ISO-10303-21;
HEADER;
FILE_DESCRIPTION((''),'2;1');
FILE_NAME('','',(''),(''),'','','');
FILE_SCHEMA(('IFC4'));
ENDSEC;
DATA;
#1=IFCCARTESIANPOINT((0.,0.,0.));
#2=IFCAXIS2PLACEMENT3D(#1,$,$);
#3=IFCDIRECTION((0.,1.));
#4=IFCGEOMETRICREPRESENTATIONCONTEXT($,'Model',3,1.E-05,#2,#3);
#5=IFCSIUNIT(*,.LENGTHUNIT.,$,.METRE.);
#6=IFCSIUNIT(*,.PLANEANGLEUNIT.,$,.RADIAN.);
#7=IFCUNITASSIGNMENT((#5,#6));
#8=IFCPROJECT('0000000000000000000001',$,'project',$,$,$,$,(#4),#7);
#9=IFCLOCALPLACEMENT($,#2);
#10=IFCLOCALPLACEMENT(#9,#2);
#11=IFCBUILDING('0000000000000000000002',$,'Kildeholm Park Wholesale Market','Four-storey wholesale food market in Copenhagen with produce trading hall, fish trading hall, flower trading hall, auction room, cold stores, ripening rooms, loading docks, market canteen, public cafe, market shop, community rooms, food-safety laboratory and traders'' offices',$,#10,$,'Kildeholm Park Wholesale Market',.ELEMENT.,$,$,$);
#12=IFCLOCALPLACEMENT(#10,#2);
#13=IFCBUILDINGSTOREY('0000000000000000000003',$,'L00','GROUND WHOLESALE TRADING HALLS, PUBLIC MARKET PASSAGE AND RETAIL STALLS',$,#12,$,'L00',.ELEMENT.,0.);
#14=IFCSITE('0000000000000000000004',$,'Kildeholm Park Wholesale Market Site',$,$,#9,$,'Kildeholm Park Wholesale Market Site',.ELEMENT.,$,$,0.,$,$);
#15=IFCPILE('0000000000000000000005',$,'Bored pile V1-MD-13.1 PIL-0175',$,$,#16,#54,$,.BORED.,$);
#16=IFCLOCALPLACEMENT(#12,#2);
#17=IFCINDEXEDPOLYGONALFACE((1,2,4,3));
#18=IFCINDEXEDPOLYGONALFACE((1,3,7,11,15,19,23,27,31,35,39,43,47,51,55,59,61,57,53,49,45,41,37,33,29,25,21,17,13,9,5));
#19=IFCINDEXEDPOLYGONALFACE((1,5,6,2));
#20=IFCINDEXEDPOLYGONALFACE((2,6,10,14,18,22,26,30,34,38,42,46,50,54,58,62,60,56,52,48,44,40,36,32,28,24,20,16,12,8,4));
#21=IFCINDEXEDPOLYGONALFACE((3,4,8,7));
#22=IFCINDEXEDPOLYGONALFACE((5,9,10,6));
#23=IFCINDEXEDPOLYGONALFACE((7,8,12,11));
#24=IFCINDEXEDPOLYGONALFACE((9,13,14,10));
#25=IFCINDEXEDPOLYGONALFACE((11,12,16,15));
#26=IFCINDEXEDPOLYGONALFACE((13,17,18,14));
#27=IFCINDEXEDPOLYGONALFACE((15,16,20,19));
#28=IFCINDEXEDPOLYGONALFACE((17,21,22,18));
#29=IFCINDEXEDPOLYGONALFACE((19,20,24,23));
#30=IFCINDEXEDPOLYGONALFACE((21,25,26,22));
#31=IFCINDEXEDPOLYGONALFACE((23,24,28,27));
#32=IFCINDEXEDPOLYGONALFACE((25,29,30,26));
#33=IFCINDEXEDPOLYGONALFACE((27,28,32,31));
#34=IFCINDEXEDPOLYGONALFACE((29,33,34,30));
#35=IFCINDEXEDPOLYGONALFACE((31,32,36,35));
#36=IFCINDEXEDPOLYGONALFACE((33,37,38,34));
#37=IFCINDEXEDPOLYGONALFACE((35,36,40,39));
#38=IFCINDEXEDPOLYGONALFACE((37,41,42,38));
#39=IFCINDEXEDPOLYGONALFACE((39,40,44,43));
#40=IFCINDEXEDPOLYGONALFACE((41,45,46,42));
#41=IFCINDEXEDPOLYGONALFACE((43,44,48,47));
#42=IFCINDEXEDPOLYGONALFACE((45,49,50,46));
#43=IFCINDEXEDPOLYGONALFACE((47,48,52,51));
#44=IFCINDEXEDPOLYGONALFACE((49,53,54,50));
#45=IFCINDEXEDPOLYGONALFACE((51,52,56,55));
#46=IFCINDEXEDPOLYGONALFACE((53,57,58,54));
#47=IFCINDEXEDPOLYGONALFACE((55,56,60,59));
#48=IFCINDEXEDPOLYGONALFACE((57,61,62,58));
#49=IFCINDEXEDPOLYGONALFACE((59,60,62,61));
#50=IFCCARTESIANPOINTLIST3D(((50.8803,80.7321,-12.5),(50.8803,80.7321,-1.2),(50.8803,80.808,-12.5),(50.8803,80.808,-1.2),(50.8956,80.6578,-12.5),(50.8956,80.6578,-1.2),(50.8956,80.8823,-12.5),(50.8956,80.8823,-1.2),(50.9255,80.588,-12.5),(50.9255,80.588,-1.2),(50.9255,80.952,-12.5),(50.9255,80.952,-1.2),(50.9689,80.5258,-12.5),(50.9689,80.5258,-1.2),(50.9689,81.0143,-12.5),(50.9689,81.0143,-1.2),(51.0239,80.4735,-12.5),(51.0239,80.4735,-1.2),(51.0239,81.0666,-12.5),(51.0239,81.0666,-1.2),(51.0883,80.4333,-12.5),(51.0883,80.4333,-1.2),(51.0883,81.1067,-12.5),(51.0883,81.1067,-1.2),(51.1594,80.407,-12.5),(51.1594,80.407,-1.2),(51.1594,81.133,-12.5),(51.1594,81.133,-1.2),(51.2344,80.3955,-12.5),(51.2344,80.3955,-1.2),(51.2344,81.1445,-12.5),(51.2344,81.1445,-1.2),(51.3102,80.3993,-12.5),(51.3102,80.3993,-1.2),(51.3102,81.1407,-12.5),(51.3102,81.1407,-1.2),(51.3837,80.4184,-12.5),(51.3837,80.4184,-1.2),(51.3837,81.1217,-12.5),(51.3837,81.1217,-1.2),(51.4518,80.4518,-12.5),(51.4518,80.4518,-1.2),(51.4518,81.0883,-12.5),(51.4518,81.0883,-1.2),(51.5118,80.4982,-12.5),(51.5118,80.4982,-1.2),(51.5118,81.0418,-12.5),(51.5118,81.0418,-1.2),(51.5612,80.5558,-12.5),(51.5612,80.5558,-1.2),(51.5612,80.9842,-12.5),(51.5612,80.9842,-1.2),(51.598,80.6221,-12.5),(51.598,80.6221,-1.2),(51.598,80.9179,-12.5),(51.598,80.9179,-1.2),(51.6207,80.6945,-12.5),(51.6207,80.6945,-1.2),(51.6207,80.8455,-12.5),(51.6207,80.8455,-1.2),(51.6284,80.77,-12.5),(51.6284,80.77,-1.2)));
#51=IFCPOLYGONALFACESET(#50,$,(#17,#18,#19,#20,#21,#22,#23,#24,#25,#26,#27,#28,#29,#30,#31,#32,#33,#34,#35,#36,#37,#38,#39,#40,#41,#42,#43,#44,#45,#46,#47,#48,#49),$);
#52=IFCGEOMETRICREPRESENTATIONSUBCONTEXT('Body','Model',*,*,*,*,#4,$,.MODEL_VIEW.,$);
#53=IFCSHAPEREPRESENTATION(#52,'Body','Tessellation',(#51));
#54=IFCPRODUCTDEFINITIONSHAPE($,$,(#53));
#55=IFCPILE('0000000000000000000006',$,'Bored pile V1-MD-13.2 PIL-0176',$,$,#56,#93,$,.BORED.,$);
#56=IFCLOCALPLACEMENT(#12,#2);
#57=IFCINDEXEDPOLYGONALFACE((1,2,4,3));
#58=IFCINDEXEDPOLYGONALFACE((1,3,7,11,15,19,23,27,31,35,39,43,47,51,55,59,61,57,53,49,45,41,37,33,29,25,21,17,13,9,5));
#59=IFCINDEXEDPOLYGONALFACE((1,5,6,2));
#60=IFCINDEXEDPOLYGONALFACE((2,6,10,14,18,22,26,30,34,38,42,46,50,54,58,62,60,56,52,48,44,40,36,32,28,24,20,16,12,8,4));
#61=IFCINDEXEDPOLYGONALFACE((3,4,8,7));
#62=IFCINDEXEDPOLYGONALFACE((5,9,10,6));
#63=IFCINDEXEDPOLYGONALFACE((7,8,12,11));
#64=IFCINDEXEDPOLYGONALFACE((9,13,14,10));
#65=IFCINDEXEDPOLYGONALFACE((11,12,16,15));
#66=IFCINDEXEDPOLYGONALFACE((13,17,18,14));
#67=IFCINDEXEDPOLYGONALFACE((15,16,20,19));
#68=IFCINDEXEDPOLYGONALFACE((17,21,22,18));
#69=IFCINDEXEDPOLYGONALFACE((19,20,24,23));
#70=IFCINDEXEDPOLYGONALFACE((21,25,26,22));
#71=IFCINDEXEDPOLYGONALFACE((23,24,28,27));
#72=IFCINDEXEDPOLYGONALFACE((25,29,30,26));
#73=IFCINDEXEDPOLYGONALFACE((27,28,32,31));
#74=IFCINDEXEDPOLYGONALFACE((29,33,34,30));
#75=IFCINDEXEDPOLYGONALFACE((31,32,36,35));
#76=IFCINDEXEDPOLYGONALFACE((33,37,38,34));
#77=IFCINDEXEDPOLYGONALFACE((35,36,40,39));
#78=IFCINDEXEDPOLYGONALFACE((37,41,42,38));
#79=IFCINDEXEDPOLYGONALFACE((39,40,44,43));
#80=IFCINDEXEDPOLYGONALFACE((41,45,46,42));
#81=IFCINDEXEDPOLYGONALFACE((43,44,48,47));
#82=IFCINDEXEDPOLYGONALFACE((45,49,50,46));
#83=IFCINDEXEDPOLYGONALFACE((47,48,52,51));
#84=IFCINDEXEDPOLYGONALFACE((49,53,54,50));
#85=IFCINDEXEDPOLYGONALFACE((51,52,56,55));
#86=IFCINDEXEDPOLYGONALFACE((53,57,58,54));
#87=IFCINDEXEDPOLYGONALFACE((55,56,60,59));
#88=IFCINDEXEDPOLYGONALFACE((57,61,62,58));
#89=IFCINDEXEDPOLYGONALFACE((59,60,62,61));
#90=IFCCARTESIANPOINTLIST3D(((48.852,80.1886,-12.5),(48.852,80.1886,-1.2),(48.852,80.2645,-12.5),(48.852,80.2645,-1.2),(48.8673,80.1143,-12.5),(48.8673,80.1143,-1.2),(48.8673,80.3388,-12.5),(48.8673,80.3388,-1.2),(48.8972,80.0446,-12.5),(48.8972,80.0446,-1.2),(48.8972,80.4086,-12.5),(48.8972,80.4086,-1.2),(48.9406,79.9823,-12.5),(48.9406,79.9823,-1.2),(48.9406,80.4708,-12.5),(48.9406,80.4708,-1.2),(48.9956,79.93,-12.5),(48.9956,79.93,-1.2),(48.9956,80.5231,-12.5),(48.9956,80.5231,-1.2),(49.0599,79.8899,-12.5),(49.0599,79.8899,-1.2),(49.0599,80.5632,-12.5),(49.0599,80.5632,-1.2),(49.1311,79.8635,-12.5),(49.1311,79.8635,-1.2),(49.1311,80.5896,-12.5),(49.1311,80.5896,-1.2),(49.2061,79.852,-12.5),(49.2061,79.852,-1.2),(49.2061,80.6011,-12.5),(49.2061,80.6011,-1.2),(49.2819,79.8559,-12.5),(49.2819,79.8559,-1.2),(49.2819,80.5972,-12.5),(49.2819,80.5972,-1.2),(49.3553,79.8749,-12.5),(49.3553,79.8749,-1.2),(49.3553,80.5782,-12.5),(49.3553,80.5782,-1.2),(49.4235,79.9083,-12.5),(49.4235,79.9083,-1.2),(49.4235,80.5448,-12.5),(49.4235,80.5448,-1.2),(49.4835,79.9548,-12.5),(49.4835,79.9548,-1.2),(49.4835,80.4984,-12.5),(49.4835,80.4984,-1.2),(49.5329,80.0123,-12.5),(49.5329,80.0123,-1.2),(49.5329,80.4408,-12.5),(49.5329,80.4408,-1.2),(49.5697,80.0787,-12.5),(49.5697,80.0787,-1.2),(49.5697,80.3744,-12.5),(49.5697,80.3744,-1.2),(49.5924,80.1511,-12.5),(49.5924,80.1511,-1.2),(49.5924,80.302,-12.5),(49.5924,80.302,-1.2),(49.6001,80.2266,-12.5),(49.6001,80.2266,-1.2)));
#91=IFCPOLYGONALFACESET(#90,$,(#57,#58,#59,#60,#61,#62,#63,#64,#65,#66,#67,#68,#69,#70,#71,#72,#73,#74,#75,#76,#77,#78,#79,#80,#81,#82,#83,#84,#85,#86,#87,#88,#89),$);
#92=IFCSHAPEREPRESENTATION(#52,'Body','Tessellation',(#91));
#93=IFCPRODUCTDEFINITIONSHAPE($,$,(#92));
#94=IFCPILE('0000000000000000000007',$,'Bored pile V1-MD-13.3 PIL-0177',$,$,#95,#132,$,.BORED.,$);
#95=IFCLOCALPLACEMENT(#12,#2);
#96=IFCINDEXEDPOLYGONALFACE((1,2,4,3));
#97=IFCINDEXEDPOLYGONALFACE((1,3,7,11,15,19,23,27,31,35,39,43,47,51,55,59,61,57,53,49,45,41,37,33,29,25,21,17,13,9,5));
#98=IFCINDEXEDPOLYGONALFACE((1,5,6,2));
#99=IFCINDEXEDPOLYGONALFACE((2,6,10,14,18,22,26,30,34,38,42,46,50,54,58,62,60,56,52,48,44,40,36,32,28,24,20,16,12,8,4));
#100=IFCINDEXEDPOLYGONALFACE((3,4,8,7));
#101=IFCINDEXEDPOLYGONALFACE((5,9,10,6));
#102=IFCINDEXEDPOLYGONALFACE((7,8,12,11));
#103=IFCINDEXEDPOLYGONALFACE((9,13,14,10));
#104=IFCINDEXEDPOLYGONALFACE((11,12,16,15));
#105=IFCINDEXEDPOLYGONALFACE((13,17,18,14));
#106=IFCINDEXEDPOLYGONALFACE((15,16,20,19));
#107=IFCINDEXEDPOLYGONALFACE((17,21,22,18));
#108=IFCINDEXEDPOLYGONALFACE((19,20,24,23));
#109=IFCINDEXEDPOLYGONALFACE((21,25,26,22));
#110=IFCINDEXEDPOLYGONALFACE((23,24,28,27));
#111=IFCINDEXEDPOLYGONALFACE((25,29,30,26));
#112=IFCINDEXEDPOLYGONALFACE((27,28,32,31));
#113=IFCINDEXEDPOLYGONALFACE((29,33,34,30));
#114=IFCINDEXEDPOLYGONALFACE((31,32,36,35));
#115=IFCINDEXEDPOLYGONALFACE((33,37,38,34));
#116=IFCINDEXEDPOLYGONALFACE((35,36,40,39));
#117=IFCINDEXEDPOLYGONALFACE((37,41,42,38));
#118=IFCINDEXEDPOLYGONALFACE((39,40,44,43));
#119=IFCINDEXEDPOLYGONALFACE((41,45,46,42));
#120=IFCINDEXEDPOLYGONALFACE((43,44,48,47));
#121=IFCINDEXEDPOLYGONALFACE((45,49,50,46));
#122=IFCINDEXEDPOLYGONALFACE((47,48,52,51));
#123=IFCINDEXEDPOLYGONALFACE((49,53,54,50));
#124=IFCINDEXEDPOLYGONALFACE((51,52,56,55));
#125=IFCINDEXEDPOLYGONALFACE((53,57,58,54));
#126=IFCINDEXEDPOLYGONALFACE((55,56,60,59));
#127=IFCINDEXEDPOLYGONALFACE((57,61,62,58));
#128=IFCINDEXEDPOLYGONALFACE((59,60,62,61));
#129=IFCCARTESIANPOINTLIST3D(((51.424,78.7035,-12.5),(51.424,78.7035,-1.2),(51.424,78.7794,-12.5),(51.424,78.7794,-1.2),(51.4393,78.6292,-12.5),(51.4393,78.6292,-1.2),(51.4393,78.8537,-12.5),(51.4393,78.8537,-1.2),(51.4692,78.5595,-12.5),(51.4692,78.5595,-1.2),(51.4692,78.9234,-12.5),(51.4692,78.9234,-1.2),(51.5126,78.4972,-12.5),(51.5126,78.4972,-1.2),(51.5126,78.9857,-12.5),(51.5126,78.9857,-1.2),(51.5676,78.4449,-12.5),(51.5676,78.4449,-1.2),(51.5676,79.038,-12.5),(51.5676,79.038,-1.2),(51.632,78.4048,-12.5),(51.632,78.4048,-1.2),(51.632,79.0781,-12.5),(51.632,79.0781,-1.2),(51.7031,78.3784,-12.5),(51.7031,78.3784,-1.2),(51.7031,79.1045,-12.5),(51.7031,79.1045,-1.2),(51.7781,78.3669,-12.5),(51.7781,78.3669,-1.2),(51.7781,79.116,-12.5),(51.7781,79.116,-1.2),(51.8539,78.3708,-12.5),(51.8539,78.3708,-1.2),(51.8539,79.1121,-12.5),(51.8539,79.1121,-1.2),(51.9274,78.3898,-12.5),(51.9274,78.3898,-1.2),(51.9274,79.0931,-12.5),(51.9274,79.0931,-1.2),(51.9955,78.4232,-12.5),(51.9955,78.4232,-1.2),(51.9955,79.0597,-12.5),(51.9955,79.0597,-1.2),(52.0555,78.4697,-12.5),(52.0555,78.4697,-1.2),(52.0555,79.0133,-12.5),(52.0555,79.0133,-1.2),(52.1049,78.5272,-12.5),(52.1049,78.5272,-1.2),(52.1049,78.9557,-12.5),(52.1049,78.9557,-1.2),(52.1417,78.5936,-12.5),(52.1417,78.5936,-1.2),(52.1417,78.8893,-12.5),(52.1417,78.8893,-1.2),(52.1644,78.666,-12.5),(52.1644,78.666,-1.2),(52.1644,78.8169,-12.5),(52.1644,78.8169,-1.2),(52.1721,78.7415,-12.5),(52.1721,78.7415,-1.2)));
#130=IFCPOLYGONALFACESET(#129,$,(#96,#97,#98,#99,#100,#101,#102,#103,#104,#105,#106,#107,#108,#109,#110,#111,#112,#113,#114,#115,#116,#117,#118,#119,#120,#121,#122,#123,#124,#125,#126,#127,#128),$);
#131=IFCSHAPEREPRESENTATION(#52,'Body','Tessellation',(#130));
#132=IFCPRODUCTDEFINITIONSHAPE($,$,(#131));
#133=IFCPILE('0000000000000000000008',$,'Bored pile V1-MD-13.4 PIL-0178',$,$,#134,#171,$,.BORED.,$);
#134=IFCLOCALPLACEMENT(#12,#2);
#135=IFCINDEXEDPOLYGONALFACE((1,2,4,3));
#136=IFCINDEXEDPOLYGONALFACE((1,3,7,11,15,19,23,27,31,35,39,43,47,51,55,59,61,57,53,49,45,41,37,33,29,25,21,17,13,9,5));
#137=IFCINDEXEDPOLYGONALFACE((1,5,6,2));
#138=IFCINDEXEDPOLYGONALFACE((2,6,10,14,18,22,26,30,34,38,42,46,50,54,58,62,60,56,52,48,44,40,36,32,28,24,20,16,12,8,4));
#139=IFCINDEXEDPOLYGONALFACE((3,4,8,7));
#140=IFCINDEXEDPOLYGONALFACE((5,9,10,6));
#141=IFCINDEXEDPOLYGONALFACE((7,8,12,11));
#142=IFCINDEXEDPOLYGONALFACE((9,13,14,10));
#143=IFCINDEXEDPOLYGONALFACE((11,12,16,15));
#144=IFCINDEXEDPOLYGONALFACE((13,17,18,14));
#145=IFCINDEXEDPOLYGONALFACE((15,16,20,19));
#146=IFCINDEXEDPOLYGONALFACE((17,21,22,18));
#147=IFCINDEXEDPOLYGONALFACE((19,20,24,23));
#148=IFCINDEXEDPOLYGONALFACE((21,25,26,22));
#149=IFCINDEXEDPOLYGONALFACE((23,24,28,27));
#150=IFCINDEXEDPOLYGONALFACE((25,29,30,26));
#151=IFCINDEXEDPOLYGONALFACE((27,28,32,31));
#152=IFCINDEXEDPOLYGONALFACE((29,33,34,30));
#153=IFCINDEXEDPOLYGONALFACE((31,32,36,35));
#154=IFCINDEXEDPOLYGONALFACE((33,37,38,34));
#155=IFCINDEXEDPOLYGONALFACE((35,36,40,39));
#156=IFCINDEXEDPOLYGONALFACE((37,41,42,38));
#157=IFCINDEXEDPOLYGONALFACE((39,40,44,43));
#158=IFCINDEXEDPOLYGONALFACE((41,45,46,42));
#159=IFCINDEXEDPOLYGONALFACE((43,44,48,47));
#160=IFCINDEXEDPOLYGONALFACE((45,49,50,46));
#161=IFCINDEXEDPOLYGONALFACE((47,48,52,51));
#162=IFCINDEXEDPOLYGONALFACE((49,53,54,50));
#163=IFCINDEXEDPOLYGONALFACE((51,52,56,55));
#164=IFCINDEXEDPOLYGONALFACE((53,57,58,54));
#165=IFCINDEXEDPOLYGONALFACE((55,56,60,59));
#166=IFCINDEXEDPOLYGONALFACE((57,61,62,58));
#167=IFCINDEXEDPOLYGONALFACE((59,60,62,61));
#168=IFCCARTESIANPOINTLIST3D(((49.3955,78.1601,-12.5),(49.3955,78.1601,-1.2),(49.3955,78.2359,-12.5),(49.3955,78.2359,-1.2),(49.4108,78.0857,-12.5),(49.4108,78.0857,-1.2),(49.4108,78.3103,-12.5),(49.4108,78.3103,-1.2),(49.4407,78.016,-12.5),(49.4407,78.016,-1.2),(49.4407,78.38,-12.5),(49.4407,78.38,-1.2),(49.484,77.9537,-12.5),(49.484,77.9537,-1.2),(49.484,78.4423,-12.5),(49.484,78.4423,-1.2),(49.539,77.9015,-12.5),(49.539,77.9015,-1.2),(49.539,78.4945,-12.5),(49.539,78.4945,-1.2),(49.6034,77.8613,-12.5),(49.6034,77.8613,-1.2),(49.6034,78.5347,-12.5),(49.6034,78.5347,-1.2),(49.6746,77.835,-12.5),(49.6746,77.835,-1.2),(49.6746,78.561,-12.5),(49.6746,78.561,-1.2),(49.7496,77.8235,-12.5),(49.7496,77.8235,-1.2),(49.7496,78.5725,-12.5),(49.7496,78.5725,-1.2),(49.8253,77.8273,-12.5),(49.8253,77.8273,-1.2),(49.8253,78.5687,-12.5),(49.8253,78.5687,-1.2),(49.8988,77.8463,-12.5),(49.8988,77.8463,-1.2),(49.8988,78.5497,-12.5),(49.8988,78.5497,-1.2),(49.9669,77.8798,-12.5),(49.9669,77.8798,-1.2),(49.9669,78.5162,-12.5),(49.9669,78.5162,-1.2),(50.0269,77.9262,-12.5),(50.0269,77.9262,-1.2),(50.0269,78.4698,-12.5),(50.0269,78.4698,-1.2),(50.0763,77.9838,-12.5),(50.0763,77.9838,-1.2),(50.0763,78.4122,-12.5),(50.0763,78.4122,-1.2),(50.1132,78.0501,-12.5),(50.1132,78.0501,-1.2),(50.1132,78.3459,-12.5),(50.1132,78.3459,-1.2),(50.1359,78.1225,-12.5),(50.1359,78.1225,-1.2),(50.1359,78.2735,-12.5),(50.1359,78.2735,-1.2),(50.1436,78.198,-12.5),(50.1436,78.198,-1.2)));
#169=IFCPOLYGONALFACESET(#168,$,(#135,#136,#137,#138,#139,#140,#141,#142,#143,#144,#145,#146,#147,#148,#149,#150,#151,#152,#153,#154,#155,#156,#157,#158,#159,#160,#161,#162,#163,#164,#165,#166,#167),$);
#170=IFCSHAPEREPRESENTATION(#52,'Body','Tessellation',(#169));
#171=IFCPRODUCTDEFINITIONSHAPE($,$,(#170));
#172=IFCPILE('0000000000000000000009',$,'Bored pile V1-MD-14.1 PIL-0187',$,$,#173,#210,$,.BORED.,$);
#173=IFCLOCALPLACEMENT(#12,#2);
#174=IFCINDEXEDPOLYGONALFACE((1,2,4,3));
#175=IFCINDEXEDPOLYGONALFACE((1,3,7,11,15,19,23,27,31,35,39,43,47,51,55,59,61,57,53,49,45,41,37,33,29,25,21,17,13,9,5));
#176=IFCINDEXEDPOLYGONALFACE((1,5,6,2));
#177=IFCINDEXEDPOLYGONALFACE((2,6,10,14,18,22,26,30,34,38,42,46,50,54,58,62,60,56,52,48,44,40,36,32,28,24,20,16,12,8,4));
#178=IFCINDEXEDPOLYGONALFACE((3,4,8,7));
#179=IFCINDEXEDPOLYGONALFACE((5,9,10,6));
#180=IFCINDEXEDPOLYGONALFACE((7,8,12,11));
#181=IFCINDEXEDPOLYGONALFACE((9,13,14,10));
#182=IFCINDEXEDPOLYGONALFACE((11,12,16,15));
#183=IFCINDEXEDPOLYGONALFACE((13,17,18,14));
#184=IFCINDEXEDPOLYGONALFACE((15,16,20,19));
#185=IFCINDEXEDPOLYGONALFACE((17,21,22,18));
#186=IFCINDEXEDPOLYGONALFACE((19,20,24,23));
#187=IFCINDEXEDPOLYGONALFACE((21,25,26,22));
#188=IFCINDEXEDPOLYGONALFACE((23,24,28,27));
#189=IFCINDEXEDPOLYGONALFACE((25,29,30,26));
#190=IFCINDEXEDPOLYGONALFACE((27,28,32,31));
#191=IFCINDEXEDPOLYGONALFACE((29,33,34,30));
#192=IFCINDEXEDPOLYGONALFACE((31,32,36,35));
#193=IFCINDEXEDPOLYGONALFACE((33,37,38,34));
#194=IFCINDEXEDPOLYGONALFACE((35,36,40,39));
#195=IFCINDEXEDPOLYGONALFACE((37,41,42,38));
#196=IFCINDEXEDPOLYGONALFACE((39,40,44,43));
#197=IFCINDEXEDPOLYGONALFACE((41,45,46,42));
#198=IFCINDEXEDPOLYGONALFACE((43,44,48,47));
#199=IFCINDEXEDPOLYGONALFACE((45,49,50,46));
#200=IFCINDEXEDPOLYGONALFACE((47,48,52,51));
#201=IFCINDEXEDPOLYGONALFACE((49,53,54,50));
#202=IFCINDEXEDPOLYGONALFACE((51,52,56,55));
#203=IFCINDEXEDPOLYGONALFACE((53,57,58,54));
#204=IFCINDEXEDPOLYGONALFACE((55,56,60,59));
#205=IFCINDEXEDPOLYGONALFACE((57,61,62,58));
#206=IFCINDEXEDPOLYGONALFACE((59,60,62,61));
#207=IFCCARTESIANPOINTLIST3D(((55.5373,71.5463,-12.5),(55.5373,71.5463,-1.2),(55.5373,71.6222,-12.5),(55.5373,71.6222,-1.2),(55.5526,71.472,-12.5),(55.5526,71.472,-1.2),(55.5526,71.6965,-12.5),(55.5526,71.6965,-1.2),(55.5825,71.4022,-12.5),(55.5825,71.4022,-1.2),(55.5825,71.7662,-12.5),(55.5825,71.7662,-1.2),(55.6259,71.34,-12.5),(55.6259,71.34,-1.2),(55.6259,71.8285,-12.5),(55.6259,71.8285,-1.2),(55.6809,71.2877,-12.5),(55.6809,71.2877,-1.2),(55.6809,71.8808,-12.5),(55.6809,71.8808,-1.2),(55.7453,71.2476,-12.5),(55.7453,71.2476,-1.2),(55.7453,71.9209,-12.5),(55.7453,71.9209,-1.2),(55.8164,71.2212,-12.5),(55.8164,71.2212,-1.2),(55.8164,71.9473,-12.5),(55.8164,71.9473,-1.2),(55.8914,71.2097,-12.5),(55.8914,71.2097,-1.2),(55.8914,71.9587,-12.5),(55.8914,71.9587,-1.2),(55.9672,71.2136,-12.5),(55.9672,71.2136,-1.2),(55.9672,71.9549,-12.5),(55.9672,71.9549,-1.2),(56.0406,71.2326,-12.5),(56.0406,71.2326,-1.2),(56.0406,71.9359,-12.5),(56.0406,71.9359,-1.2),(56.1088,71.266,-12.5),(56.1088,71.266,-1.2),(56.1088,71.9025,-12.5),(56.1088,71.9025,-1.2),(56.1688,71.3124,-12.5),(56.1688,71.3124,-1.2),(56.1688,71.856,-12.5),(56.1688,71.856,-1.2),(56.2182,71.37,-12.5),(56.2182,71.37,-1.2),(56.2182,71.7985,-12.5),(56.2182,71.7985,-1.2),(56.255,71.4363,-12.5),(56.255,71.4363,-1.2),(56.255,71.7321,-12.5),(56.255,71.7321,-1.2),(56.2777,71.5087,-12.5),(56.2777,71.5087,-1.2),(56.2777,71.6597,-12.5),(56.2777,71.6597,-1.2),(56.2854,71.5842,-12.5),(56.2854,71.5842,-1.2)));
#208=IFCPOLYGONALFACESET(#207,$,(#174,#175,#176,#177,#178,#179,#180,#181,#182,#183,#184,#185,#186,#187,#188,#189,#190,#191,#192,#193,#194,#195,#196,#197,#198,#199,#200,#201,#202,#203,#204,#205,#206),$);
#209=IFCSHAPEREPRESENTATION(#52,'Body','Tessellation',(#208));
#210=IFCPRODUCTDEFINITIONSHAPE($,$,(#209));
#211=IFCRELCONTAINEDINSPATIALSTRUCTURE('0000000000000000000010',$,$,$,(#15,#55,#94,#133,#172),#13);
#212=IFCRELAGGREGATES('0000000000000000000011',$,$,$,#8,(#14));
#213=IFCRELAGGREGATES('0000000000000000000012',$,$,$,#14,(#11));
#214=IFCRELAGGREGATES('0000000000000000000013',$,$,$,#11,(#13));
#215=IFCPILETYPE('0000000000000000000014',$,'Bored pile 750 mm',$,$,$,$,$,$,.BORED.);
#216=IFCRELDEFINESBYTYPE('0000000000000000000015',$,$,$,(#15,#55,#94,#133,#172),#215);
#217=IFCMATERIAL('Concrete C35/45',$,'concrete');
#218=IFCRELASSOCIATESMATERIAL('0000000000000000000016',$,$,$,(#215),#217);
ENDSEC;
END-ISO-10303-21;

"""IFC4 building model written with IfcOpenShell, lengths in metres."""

from ifc_helpers import new_model, si_unit, direction, frame, origin, origin_2d, place, context, subcontext, project, spatial, circle, extrude, material, material_profile, profile_set, type_object, element, save


model = new_model("IFC4")

# Units and contexts
model_context = context("Model", 3, precision=1e-05, world=origin(), true_north=direction((0.0, 1.0)))
body_context = subcontext(model_context, "Body", "Model", "MODEL_VIEW")
ifc_project = project(units=[si_unit("LENGTHUNIT", "METRE"), si_unit("PLANEANGLEUNIT", "RADIAN")], contexts=[model_context])

# Site, building, storey
site_placement = place(None, origin())
site = spatial("IfcSite", under=ifc_project, at=site_placement, Name="Kildeholm Park Wholesale Market Site", LongName="Kildeholm Park Wholesale Market Site", CompositionType="ELEMENT", RefElevation=0.0)
building_placement = place(site_placement, origin())
building = spatial("IfcBuilding", under=site, at=building_placement, Name="Kildeholm Park Wholesale Market", Description="Four-storey wholesale food market in Copenhagen with produce trading hall, fish trading hall, flower trading hall, auction room, cold stores, ripening rooms, loading docks, market canteen, public cafe, market shop, community rooms, food-safety laboratory and traders' offices", LongName="Kildeholm Park Wholesale Market", CompositionType="ELEMENT")
storey_placement = place(building_placement, origin())
storey = spatial("IfcBuildingStorey", under=building, at=storey_placement, Name="L00", Description="GROUND WHOLESALE TRADING HALLS, PUBLIC MARKET PASSAGE AND RETAIL STALLS", LongName="L00", CompositionType="ELEMENT", Elevation=0.0)

# Piles
ifc_material_1 = material(Name="Concrete C35/45", Category="concrete")
ifc_material_profile_1 = material_profile(ifc_material_1, circle(Radius=0.375, at=origin_2d()), Name="PILE D750")
ifc_profile_set_1 = profile_set([ifc_material_profile_1], Name="Concrete C35/45")
pile_type_1 = type_object("IfcPileType", Name="Bored pile 750 mm", PredefinedType="BORED", material=ifc_profile_set_1)
for number, where, z_axis, x_axis, name in (
    (1, (51.2534, 80.77, -1.2), (0.0, 0.0, -1.0), (1.0, 0.0, 0.0), "Bored pile V1-MD-13.1 PIL-0175"),
    (2, (49.2251, 80.2266, -1.2), (0.0, 0.0, -1.0), (1.0, 0.0, 0.0), "Bored pile V1-MD-13.2 PIL-0176"),
    (3, (51.7971, 78.7415, -1.2), (0.0, 0.0, -1.0), (1.0, 0.0, 0.0), "Bored pile V1-MD-13.3 PIL-0177"),
    (4, (49.7686, 78.198, -1.2), (0.0, 0.0, -1.0), (1.0, 0.0, 0.0), "Bored pile V1-MD-13.4 PIL-0178"),
    (5, (55.9104, 71.5842, -1.2), (0.0, 0.0, -1.0), (1.0, 0.0, 0.0), "Bored pile V1-MD-14.1 PIL-0187"),
):
    element("IfcPile", number, at=place(storey_placement, frame(where, z_axis=z_axis, x_axis=x_axis)), inside=storey, type_object=pile_type_1, Name=name, PredefinedType="BORED", context=body_context, shape_type="SweptSolid", body=[
        extrude(circle(Radius=0.375, at=origin_2d()), origin(), (0.0, 0.0, 1.0), 11.3),
    ])

save(model, "model.ifc")
